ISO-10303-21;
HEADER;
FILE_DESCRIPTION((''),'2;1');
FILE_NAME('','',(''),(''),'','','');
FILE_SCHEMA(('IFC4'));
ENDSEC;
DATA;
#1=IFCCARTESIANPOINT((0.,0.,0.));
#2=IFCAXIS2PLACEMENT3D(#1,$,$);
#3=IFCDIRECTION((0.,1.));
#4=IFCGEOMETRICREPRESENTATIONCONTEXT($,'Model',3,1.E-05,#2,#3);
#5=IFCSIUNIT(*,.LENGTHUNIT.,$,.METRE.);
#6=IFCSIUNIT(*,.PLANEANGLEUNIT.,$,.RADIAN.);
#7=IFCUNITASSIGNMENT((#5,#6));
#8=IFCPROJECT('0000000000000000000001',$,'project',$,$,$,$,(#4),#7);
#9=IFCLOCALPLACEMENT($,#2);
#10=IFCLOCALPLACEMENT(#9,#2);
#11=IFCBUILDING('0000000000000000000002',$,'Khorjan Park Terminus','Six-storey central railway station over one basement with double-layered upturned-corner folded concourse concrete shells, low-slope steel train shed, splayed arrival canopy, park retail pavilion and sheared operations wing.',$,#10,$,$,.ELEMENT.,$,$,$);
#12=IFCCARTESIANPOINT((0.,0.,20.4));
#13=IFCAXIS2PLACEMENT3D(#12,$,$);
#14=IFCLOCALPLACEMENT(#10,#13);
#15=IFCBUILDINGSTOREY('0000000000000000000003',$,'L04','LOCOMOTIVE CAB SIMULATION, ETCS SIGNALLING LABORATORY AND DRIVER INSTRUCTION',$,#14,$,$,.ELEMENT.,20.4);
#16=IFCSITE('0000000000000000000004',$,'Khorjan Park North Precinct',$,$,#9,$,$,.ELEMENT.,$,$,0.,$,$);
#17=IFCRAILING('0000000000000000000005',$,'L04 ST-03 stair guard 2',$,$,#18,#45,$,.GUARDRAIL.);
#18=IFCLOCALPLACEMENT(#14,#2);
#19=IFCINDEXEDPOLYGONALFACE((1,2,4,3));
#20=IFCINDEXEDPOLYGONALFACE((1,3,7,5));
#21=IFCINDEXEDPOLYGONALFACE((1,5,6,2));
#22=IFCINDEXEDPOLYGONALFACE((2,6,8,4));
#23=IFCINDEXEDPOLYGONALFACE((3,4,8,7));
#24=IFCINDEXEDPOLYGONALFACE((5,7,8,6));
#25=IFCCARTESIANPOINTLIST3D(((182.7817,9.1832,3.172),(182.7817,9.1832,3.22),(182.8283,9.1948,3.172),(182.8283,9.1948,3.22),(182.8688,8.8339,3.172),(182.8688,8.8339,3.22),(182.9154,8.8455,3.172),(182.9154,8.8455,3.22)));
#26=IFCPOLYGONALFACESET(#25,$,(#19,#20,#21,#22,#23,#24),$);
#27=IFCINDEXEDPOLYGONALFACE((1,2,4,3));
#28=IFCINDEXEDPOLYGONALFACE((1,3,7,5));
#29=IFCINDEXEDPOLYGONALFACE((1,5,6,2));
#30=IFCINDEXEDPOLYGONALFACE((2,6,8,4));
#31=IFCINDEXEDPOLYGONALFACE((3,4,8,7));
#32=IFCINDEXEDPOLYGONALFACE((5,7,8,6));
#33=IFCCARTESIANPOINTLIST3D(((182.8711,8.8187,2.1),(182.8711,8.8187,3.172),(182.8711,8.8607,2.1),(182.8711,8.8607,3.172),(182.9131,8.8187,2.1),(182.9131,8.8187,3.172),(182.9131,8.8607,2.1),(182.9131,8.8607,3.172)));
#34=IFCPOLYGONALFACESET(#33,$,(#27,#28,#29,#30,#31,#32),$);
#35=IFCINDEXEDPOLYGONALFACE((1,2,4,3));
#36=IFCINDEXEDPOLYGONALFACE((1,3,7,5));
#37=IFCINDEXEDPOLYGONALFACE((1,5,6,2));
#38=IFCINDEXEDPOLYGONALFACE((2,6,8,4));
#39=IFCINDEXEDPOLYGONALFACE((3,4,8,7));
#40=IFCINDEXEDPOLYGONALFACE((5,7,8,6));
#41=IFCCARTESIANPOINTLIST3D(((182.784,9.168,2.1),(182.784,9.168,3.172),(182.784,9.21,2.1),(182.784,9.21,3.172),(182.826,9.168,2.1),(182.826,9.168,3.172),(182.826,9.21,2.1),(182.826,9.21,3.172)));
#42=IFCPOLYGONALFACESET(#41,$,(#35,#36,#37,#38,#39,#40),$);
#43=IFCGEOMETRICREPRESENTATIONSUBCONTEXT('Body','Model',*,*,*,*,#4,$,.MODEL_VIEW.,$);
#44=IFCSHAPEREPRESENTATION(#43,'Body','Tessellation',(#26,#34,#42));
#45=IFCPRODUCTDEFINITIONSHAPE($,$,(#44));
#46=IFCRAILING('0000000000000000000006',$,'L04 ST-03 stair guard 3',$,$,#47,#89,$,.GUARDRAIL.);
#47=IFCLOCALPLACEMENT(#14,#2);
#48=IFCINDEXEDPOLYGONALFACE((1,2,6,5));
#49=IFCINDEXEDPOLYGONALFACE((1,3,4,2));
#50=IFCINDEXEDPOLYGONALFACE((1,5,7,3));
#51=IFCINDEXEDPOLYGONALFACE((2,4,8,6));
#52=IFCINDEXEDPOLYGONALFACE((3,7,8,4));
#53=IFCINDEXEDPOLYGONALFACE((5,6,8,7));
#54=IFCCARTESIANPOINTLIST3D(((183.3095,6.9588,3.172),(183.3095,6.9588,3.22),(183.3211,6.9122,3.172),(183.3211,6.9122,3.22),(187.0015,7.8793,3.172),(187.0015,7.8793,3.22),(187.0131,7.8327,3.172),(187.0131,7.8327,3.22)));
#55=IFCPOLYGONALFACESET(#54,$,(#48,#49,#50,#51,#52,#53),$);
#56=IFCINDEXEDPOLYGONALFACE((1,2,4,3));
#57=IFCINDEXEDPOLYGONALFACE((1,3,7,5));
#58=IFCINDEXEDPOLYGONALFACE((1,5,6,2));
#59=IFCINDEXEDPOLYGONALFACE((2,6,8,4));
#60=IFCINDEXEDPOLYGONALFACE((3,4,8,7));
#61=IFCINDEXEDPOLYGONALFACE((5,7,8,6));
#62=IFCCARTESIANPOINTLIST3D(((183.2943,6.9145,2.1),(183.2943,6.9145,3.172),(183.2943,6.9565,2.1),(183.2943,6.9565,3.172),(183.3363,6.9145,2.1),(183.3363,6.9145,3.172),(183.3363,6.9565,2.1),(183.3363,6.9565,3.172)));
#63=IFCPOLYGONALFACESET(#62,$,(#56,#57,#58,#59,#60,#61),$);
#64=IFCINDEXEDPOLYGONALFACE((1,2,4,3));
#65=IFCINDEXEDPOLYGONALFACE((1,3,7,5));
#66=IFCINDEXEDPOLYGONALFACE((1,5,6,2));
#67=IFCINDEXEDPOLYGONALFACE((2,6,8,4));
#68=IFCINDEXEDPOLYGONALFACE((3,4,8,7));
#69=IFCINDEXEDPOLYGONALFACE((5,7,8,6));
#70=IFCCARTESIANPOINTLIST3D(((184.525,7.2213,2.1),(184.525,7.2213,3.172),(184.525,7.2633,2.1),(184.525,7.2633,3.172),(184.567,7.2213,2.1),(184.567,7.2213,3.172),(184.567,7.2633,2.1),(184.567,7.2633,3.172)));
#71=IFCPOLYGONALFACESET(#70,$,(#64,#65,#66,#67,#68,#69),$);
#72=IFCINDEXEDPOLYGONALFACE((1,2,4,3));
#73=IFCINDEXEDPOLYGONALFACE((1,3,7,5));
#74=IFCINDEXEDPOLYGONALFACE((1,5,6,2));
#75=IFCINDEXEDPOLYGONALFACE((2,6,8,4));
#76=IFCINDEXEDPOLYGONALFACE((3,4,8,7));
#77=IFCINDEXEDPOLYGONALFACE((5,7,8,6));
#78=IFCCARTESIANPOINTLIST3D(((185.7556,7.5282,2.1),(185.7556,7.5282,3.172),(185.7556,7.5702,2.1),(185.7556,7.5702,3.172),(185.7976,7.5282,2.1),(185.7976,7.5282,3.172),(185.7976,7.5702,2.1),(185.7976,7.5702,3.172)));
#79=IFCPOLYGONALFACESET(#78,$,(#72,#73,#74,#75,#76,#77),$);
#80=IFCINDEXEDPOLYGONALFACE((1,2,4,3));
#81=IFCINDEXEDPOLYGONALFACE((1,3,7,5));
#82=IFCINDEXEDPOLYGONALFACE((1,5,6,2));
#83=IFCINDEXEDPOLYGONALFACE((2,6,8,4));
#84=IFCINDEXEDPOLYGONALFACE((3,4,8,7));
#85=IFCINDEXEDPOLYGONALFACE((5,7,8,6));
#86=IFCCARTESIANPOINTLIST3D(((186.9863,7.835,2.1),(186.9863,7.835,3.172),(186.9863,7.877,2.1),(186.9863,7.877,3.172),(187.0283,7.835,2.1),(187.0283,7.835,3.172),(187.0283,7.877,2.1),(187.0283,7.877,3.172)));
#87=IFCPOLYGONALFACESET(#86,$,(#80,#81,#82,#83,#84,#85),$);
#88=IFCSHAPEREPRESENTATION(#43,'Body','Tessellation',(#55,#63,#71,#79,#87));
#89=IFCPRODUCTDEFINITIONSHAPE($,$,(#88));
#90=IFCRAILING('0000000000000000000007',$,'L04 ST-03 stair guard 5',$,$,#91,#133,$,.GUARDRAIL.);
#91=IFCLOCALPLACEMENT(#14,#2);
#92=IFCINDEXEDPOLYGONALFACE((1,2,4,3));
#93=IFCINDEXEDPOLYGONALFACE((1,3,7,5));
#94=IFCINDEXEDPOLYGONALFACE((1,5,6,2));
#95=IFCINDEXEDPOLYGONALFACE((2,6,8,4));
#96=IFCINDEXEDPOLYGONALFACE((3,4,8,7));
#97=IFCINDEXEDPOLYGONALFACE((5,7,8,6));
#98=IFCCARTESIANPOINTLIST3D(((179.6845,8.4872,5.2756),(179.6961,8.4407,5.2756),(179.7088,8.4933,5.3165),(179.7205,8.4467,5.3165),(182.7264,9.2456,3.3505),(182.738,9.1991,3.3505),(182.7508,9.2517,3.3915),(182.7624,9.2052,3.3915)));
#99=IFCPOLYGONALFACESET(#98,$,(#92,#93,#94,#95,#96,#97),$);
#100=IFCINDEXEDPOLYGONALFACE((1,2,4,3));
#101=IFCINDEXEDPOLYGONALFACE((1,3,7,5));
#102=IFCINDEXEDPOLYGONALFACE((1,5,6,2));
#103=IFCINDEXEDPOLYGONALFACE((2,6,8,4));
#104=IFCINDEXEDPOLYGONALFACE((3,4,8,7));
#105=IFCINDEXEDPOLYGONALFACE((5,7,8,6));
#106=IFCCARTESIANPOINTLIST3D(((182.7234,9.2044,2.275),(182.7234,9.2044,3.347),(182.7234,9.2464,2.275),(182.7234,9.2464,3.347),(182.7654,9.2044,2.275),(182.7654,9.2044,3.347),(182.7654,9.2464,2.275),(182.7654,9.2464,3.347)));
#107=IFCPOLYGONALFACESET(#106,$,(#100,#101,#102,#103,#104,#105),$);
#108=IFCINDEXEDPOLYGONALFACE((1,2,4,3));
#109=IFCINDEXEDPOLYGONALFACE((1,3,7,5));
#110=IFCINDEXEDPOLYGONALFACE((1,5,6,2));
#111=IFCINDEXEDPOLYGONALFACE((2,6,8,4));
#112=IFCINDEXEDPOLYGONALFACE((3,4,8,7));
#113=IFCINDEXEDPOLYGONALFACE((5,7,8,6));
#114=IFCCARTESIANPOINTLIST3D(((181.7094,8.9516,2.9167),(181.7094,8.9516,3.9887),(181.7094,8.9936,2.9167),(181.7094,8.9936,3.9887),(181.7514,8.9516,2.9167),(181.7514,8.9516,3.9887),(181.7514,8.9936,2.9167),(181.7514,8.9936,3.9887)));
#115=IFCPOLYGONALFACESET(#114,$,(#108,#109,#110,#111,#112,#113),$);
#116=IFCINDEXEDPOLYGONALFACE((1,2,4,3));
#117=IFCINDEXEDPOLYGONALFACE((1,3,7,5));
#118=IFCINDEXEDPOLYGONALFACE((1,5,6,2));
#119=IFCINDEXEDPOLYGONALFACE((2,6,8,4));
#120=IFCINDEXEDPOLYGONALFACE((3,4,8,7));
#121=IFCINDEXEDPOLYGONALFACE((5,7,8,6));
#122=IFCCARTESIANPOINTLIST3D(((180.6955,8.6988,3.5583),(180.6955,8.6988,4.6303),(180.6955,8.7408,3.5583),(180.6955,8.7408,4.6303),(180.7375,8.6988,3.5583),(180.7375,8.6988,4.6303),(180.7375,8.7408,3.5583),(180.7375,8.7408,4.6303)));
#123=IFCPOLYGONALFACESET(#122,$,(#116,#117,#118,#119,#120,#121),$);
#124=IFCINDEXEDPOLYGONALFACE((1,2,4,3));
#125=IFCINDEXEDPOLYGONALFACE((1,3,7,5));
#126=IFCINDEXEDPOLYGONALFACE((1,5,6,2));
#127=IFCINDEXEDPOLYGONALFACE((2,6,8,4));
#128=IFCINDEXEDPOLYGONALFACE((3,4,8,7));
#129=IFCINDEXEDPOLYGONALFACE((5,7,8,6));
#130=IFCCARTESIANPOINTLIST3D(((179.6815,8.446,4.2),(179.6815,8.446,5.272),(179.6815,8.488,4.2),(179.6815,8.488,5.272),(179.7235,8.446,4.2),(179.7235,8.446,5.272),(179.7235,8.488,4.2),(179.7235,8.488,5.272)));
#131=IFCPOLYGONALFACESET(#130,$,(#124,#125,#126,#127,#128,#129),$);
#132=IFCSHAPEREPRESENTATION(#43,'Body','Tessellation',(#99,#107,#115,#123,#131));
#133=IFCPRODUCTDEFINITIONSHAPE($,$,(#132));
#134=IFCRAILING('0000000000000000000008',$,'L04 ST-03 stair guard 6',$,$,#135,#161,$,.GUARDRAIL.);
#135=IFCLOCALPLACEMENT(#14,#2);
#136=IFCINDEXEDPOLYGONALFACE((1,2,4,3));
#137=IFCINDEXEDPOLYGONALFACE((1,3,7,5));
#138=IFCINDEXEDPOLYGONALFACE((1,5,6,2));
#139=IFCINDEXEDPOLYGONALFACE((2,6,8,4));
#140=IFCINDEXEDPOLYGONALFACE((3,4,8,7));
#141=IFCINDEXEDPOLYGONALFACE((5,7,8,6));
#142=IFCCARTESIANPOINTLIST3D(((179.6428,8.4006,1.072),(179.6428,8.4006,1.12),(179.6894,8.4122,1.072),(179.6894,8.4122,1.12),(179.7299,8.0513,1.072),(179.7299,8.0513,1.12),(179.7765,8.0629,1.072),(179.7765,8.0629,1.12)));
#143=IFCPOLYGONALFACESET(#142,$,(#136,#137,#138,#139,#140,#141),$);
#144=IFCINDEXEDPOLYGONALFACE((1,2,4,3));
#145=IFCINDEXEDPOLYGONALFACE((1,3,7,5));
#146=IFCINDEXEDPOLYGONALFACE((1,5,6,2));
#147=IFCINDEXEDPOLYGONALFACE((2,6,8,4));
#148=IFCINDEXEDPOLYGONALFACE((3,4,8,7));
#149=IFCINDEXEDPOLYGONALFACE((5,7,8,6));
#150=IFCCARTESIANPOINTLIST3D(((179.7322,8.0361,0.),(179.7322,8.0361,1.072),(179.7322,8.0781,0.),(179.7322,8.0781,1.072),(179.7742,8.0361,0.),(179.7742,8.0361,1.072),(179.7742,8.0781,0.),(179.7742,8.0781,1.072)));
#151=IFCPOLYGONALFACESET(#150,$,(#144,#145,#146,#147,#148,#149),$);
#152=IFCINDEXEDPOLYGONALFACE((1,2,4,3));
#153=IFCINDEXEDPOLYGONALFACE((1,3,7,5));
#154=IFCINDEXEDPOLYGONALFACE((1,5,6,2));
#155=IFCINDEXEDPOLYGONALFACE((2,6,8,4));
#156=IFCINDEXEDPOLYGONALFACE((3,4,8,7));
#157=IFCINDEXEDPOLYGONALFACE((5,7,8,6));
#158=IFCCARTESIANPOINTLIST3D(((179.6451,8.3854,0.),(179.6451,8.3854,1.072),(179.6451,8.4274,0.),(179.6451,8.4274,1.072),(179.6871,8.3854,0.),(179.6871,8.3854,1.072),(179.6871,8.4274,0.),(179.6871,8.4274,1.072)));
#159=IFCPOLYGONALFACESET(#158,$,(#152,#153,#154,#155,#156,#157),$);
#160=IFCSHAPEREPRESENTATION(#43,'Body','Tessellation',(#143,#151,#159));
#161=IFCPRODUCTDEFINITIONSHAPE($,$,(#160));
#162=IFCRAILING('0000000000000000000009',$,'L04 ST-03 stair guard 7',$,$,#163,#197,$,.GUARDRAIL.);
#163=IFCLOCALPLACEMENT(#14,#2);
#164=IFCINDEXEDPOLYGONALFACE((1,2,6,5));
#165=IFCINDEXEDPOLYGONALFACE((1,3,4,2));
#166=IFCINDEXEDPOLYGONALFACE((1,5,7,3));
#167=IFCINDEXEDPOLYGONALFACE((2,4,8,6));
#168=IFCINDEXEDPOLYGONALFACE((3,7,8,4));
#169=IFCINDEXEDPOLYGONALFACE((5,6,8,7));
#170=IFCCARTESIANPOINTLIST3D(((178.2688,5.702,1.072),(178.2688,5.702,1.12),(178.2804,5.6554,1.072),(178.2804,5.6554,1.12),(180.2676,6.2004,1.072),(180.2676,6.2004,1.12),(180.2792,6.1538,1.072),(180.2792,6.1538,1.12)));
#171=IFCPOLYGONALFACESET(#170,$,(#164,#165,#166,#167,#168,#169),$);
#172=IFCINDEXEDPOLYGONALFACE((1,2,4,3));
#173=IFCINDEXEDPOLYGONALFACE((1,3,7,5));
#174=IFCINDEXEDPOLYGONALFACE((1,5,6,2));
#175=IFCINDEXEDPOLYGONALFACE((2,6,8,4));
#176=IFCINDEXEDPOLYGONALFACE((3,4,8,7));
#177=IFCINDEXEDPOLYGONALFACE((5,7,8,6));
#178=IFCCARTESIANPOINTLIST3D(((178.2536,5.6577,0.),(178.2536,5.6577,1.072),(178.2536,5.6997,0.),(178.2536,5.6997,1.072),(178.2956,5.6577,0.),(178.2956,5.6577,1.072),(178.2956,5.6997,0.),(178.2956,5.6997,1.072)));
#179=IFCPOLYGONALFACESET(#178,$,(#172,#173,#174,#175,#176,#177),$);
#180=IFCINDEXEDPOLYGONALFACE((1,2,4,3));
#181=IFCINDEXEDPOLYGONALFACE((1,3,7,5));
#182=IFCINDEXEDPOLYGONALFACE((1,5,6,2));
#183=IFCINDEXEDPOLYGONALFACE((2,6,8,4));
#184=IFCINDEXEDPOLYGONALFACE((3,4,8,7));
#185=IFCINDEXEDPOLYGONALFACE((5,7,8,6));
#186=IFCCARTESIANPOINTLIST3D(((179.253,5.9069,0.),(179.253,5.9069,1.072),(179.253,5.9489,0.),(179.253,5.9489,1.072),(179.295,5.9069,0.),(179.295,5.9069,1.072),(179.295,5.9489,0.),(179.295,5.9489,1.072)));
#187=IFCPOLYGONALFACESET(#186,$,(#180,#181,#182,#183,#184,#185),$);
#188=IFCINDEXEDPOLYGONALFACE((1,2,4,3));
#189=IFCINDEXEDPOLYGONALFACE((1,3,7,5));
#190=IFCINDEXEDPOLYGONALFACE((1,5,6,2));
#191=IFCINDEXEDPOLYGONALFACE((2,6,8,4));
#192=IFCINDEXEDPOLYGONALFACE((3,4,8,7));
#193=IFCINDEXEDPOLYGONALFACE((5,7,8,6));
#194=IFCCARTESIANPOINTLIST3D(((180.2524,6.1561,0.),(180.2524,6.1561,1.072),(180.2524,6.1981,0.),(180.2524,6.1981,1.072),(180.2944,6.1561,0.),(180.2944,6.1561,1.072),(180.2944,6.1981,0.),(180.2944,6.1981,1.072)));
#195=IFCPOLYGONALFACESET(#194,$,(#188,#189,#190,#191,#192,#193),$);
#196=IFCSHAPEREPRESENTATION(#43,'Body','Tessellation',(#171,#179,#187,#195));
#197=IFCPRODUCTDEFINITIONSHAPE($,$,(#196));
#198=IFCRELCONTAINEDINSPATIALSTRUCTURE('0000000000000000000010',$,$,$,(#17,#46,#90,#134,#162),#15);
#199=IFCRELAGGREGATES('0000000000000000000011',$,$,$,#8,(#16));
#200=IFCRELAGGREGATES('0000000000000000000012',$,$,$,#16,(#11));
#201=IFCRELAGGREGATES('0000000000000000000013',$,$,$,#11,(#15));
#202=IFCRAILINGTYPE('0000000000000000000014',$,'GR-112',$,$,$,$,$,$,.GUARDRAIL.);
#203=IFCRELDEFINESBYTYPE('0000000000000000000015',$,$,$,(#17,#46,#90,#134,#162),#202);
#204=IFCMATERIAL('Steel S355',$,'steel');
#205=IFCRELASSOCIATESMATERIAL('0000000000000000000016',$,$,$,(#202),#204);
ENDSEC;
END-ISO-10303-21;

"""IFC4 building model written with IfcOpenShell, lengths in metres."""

from ifc_helpers import new_model, si_unit, direction, frame, origin, origin_2d, place, context, subcontext, project, spatial, rectangle, extrude, material, type_object, element, save


model = new_model("IFC4")

# Units and contexts
model_context = context("Model", 3, precision=1e-05, world=origin(), true_north=direction((0.0, 1.0)))
body_context = subcontext(model_context, "Body", "Model", "MODEL_VIEW")
ifc_project = project(units=[si_unit("LENGTHUNIT", "METRE"), si_unit("PLANEANGLEUNIT", "RADIAN")], contexts=[model_context])

# Site, building, storey
site_placement = place(None, origin())
site = spatial("IfcSite", under=ifc_project, at=site_placement, Name="Khorjan Park North Precinct", CompositionType="ELEMENT", RefElevation=0.0)
building_placement = place(site_placement, origin())
building = spatial("IfcBuilding", under=site, at=building_placement, Name="Khorjan Park Terminus", Description="Six-storey central railway station over one basement with double-layered upturned-corner folded concourse concrete shells, low-slope steel train shed, splayed arrival canopy, park retail pavilion and sheared operations wing.", CompositionType="ELEMENT")
storey_placement = place(building_placement, frame((0.0, 0.0, 20.4)))
storey = spatial("IfcBuildingStorey", under=building, at=storey_placement, Name="L04", Description="LOCOMOTIVE CAB SIMULATION, ETCS SIGNALLING LABORATORY AND DRIVER INSTRUCTION", CompositionType="ELEMENT", Elevation=20.4)

# Railings
ifc_material_1 = material(Name="Steel S355", Category="steel")
railing_type_1 = type_object("IfcRailingType", Name="GR-112", PredefinedType="GUARDRAIL", material=ifc_material_1)
railing_1_placement = place(storey_placement, frame((182.8921, 8.8397, 2.1)))
element("IfcRailing", 1, at=railing_1_placement, inside=storey, type_object=railing_type_1, Name="L04 ST-03 stair guard 2", PredefinedType="GUARDRAIL", context=body_context, shape_type="SweptSolid", body=[
    extrude(rectangle(XDim=0.048, YDim=0.048, at=origin_2d()), frame((0.0, 0.0, 1.096), z_axis=(-0.241947, 0.970289, 0.0), x_axis=(-0.970289, -0.241947, 0.0)), (0.0, 0.0, 1.0), 0.36),
    extrude(rectangle(XDim=0.042, YDim=0.042, at=origin_2d()), origin(), (0.0, 0.0, 1.0), 1.072),
    extrude(rectangle(XDim=0.042, YDim=0.042, at=origin_2d()), frame((-0.0871, 0.3493, 0.0)), (0.0, 0.0, 1.0), 1.072),
])
railing_2_placement = place(storey_placement, frame((183.3153, 6.9355, 2.1)))
element("IfcRailing", 2, at=railing_2_placement, inside=storey, type_object=railing_type_1, Name="L04 ST-03 stair guard 3", PredefinedType="GUARDRAIL", context=body_context, shape_type="SweptSolid", body=[
    extrude(rectangle(XDim=0.048, YDim=0.048, at=origin_2d()), frame((0.0, 0.0, 1.096), z_axis=(0.970297, 0.241917, 0.0), x_axis=(-0.241917, 0.970297, 0.0)), (0.0, 0.0, 1.0), 3.805),
    extrude(rectangle(XDim=0.042, YDim=0.042, at=origin_2d()), origin(), (0.0, 0.0, 1.0), 1.072),
    extrude(rectangle(XDim=0.042, YDim=0.042, at=origin_2d()), frame((1.2307, 0.3068, 0.0)), (0.0, 0.0, 1.0), 1.072),
    extrude(rectangle(XDim=0.042, YDim=0.042, at=origin_2d()), frame((2.4613, 0.6137, 0.0)), (0.0, 0.0, 1.0), 1.072),
    extrude(rectangle(XDim=0.042, YDim=0.042, at=origin_2d()), frame((3.692, 0.9205, 0.0)), (0.0, 0.0, 1.0), 1.072),
])
railing_3_placement = place(storey_placement, frame((182.7444, 9.2254, 2.275)))
element("IfcRailing", 3, at=railing_3_placement, inside=storey, type_object=railing_type_1, Name="L04 ST-03 stair guard 5", PredefinedType="GUARDRAIL", context=body_context, shape_type="SweptSolid", body=[
    extrude(rectangle(XDim=0.048, YDim=0.048, at=origin_2d()), frame((0.0, 0.0, 1.096), z_axis=(-0.826861, -0.206151, 0.523261), x_axis=(0.241913, -0.970298, 0.0)), (0.0, 0.0, 1.0), 3.6789),
    extrude(rectangle(XDim=0.042, YDim=0.042, at=origin_2d()), origin(), (0.0, 0.0, 1.0), 1.072),
    extrude(rectangle(XDim=0.042, YDim=0.042, at=origin_2d()), frame((-1.014, -0.2528, 0.6417)), (0.0, 0.0, 1.0), 1.072),
    extrude(rectangle(XDim=0.042, YDim=0.042, at=origin_2d()), frame((-2.0279, -0.5056, 1.2833)), (0.0, 0.0, 1.0), 1.072),
    extrude(rectangle(XDim=0.042, YDim=0.042, at=origin_2d()), frame((-3.0419, -0.7584, 1.925)), (0.0, 0.0, 1.0), 1.072),
])
railing_4_placement = place(storey_placement, frame((179.7532, 8.0571, 0.0)))
element("IfcRailing", 4, at=railing_4_placement, inside=storey, type_object=railing_type_1, Name="L04 ST-03 stair guard 6", PredefinedType="GUARDRAIL", context=body_context, shape_type="SweptSolid", body=[
    extrude(rectangle(XDim=0.048, YDim=0.048, at=origin_2d()), frame((0.0, 0.0, 1.096), z_axis=(-0.241947, 0.970289, 0.0), x_axis=(-0.970289, -0.241947, 0.0)), (0.0, 0.0, 1.0), 0.36),
    extrude(rectangle(XDim=0.042, YDim=0.042, at=origin_2d()), origin(), (0.0, 0.0, 1.0), 1.072),
    extrude(rectangle(XDim=0.042, YDim=0.042, at=origin_2d()), frame((-0.0871, 0.3493, 0.0)), (0.0, 0.0, 1.0), 1.072),
])
railing_5_placement = place(storey_placement, frame((178.2746, 5.6787, 0.0)))
element("IfcRailing", 5, at=railing_5_placement, inside=storey, type_object=railing_type_1, Name="L04 ST-03 stair guard 7", PredefinedType="GUARDRAIL", context=body_context, shape_type="SweptSolid", body=[
    extrude(rectangle(XDim=0.048, YDim=0.048, at=origin_2d()), frame((0.0, 0.0, 1.096), z_axis=(0.970291, 0.241942, 0.0), x_axis=(-0.241942, 0.970291, 0.0)), (0.0, 0.0, 1.0), 2.06),
    extrude(rectangle(XDim=0.042, YDim=0.042, at=origin_2d()), origin(), (0.0, 0.0, 1.0), 1.072),
    extrude(rectangle(XDim=0.042, YDim=0.042, at=origin_2d()), frame((0.9994, 0.2492, 0.0)), (0.0, 0.0, 1.0), 1.072),
    extrude(rectangle(XDim=0.042, YDim=0.042, at=origin_2d()), frame((1.9988, 0.4984, 0.0)), (0.0, 0.0, 1.0), 1.072),
])

save(model, "model.ifc")
